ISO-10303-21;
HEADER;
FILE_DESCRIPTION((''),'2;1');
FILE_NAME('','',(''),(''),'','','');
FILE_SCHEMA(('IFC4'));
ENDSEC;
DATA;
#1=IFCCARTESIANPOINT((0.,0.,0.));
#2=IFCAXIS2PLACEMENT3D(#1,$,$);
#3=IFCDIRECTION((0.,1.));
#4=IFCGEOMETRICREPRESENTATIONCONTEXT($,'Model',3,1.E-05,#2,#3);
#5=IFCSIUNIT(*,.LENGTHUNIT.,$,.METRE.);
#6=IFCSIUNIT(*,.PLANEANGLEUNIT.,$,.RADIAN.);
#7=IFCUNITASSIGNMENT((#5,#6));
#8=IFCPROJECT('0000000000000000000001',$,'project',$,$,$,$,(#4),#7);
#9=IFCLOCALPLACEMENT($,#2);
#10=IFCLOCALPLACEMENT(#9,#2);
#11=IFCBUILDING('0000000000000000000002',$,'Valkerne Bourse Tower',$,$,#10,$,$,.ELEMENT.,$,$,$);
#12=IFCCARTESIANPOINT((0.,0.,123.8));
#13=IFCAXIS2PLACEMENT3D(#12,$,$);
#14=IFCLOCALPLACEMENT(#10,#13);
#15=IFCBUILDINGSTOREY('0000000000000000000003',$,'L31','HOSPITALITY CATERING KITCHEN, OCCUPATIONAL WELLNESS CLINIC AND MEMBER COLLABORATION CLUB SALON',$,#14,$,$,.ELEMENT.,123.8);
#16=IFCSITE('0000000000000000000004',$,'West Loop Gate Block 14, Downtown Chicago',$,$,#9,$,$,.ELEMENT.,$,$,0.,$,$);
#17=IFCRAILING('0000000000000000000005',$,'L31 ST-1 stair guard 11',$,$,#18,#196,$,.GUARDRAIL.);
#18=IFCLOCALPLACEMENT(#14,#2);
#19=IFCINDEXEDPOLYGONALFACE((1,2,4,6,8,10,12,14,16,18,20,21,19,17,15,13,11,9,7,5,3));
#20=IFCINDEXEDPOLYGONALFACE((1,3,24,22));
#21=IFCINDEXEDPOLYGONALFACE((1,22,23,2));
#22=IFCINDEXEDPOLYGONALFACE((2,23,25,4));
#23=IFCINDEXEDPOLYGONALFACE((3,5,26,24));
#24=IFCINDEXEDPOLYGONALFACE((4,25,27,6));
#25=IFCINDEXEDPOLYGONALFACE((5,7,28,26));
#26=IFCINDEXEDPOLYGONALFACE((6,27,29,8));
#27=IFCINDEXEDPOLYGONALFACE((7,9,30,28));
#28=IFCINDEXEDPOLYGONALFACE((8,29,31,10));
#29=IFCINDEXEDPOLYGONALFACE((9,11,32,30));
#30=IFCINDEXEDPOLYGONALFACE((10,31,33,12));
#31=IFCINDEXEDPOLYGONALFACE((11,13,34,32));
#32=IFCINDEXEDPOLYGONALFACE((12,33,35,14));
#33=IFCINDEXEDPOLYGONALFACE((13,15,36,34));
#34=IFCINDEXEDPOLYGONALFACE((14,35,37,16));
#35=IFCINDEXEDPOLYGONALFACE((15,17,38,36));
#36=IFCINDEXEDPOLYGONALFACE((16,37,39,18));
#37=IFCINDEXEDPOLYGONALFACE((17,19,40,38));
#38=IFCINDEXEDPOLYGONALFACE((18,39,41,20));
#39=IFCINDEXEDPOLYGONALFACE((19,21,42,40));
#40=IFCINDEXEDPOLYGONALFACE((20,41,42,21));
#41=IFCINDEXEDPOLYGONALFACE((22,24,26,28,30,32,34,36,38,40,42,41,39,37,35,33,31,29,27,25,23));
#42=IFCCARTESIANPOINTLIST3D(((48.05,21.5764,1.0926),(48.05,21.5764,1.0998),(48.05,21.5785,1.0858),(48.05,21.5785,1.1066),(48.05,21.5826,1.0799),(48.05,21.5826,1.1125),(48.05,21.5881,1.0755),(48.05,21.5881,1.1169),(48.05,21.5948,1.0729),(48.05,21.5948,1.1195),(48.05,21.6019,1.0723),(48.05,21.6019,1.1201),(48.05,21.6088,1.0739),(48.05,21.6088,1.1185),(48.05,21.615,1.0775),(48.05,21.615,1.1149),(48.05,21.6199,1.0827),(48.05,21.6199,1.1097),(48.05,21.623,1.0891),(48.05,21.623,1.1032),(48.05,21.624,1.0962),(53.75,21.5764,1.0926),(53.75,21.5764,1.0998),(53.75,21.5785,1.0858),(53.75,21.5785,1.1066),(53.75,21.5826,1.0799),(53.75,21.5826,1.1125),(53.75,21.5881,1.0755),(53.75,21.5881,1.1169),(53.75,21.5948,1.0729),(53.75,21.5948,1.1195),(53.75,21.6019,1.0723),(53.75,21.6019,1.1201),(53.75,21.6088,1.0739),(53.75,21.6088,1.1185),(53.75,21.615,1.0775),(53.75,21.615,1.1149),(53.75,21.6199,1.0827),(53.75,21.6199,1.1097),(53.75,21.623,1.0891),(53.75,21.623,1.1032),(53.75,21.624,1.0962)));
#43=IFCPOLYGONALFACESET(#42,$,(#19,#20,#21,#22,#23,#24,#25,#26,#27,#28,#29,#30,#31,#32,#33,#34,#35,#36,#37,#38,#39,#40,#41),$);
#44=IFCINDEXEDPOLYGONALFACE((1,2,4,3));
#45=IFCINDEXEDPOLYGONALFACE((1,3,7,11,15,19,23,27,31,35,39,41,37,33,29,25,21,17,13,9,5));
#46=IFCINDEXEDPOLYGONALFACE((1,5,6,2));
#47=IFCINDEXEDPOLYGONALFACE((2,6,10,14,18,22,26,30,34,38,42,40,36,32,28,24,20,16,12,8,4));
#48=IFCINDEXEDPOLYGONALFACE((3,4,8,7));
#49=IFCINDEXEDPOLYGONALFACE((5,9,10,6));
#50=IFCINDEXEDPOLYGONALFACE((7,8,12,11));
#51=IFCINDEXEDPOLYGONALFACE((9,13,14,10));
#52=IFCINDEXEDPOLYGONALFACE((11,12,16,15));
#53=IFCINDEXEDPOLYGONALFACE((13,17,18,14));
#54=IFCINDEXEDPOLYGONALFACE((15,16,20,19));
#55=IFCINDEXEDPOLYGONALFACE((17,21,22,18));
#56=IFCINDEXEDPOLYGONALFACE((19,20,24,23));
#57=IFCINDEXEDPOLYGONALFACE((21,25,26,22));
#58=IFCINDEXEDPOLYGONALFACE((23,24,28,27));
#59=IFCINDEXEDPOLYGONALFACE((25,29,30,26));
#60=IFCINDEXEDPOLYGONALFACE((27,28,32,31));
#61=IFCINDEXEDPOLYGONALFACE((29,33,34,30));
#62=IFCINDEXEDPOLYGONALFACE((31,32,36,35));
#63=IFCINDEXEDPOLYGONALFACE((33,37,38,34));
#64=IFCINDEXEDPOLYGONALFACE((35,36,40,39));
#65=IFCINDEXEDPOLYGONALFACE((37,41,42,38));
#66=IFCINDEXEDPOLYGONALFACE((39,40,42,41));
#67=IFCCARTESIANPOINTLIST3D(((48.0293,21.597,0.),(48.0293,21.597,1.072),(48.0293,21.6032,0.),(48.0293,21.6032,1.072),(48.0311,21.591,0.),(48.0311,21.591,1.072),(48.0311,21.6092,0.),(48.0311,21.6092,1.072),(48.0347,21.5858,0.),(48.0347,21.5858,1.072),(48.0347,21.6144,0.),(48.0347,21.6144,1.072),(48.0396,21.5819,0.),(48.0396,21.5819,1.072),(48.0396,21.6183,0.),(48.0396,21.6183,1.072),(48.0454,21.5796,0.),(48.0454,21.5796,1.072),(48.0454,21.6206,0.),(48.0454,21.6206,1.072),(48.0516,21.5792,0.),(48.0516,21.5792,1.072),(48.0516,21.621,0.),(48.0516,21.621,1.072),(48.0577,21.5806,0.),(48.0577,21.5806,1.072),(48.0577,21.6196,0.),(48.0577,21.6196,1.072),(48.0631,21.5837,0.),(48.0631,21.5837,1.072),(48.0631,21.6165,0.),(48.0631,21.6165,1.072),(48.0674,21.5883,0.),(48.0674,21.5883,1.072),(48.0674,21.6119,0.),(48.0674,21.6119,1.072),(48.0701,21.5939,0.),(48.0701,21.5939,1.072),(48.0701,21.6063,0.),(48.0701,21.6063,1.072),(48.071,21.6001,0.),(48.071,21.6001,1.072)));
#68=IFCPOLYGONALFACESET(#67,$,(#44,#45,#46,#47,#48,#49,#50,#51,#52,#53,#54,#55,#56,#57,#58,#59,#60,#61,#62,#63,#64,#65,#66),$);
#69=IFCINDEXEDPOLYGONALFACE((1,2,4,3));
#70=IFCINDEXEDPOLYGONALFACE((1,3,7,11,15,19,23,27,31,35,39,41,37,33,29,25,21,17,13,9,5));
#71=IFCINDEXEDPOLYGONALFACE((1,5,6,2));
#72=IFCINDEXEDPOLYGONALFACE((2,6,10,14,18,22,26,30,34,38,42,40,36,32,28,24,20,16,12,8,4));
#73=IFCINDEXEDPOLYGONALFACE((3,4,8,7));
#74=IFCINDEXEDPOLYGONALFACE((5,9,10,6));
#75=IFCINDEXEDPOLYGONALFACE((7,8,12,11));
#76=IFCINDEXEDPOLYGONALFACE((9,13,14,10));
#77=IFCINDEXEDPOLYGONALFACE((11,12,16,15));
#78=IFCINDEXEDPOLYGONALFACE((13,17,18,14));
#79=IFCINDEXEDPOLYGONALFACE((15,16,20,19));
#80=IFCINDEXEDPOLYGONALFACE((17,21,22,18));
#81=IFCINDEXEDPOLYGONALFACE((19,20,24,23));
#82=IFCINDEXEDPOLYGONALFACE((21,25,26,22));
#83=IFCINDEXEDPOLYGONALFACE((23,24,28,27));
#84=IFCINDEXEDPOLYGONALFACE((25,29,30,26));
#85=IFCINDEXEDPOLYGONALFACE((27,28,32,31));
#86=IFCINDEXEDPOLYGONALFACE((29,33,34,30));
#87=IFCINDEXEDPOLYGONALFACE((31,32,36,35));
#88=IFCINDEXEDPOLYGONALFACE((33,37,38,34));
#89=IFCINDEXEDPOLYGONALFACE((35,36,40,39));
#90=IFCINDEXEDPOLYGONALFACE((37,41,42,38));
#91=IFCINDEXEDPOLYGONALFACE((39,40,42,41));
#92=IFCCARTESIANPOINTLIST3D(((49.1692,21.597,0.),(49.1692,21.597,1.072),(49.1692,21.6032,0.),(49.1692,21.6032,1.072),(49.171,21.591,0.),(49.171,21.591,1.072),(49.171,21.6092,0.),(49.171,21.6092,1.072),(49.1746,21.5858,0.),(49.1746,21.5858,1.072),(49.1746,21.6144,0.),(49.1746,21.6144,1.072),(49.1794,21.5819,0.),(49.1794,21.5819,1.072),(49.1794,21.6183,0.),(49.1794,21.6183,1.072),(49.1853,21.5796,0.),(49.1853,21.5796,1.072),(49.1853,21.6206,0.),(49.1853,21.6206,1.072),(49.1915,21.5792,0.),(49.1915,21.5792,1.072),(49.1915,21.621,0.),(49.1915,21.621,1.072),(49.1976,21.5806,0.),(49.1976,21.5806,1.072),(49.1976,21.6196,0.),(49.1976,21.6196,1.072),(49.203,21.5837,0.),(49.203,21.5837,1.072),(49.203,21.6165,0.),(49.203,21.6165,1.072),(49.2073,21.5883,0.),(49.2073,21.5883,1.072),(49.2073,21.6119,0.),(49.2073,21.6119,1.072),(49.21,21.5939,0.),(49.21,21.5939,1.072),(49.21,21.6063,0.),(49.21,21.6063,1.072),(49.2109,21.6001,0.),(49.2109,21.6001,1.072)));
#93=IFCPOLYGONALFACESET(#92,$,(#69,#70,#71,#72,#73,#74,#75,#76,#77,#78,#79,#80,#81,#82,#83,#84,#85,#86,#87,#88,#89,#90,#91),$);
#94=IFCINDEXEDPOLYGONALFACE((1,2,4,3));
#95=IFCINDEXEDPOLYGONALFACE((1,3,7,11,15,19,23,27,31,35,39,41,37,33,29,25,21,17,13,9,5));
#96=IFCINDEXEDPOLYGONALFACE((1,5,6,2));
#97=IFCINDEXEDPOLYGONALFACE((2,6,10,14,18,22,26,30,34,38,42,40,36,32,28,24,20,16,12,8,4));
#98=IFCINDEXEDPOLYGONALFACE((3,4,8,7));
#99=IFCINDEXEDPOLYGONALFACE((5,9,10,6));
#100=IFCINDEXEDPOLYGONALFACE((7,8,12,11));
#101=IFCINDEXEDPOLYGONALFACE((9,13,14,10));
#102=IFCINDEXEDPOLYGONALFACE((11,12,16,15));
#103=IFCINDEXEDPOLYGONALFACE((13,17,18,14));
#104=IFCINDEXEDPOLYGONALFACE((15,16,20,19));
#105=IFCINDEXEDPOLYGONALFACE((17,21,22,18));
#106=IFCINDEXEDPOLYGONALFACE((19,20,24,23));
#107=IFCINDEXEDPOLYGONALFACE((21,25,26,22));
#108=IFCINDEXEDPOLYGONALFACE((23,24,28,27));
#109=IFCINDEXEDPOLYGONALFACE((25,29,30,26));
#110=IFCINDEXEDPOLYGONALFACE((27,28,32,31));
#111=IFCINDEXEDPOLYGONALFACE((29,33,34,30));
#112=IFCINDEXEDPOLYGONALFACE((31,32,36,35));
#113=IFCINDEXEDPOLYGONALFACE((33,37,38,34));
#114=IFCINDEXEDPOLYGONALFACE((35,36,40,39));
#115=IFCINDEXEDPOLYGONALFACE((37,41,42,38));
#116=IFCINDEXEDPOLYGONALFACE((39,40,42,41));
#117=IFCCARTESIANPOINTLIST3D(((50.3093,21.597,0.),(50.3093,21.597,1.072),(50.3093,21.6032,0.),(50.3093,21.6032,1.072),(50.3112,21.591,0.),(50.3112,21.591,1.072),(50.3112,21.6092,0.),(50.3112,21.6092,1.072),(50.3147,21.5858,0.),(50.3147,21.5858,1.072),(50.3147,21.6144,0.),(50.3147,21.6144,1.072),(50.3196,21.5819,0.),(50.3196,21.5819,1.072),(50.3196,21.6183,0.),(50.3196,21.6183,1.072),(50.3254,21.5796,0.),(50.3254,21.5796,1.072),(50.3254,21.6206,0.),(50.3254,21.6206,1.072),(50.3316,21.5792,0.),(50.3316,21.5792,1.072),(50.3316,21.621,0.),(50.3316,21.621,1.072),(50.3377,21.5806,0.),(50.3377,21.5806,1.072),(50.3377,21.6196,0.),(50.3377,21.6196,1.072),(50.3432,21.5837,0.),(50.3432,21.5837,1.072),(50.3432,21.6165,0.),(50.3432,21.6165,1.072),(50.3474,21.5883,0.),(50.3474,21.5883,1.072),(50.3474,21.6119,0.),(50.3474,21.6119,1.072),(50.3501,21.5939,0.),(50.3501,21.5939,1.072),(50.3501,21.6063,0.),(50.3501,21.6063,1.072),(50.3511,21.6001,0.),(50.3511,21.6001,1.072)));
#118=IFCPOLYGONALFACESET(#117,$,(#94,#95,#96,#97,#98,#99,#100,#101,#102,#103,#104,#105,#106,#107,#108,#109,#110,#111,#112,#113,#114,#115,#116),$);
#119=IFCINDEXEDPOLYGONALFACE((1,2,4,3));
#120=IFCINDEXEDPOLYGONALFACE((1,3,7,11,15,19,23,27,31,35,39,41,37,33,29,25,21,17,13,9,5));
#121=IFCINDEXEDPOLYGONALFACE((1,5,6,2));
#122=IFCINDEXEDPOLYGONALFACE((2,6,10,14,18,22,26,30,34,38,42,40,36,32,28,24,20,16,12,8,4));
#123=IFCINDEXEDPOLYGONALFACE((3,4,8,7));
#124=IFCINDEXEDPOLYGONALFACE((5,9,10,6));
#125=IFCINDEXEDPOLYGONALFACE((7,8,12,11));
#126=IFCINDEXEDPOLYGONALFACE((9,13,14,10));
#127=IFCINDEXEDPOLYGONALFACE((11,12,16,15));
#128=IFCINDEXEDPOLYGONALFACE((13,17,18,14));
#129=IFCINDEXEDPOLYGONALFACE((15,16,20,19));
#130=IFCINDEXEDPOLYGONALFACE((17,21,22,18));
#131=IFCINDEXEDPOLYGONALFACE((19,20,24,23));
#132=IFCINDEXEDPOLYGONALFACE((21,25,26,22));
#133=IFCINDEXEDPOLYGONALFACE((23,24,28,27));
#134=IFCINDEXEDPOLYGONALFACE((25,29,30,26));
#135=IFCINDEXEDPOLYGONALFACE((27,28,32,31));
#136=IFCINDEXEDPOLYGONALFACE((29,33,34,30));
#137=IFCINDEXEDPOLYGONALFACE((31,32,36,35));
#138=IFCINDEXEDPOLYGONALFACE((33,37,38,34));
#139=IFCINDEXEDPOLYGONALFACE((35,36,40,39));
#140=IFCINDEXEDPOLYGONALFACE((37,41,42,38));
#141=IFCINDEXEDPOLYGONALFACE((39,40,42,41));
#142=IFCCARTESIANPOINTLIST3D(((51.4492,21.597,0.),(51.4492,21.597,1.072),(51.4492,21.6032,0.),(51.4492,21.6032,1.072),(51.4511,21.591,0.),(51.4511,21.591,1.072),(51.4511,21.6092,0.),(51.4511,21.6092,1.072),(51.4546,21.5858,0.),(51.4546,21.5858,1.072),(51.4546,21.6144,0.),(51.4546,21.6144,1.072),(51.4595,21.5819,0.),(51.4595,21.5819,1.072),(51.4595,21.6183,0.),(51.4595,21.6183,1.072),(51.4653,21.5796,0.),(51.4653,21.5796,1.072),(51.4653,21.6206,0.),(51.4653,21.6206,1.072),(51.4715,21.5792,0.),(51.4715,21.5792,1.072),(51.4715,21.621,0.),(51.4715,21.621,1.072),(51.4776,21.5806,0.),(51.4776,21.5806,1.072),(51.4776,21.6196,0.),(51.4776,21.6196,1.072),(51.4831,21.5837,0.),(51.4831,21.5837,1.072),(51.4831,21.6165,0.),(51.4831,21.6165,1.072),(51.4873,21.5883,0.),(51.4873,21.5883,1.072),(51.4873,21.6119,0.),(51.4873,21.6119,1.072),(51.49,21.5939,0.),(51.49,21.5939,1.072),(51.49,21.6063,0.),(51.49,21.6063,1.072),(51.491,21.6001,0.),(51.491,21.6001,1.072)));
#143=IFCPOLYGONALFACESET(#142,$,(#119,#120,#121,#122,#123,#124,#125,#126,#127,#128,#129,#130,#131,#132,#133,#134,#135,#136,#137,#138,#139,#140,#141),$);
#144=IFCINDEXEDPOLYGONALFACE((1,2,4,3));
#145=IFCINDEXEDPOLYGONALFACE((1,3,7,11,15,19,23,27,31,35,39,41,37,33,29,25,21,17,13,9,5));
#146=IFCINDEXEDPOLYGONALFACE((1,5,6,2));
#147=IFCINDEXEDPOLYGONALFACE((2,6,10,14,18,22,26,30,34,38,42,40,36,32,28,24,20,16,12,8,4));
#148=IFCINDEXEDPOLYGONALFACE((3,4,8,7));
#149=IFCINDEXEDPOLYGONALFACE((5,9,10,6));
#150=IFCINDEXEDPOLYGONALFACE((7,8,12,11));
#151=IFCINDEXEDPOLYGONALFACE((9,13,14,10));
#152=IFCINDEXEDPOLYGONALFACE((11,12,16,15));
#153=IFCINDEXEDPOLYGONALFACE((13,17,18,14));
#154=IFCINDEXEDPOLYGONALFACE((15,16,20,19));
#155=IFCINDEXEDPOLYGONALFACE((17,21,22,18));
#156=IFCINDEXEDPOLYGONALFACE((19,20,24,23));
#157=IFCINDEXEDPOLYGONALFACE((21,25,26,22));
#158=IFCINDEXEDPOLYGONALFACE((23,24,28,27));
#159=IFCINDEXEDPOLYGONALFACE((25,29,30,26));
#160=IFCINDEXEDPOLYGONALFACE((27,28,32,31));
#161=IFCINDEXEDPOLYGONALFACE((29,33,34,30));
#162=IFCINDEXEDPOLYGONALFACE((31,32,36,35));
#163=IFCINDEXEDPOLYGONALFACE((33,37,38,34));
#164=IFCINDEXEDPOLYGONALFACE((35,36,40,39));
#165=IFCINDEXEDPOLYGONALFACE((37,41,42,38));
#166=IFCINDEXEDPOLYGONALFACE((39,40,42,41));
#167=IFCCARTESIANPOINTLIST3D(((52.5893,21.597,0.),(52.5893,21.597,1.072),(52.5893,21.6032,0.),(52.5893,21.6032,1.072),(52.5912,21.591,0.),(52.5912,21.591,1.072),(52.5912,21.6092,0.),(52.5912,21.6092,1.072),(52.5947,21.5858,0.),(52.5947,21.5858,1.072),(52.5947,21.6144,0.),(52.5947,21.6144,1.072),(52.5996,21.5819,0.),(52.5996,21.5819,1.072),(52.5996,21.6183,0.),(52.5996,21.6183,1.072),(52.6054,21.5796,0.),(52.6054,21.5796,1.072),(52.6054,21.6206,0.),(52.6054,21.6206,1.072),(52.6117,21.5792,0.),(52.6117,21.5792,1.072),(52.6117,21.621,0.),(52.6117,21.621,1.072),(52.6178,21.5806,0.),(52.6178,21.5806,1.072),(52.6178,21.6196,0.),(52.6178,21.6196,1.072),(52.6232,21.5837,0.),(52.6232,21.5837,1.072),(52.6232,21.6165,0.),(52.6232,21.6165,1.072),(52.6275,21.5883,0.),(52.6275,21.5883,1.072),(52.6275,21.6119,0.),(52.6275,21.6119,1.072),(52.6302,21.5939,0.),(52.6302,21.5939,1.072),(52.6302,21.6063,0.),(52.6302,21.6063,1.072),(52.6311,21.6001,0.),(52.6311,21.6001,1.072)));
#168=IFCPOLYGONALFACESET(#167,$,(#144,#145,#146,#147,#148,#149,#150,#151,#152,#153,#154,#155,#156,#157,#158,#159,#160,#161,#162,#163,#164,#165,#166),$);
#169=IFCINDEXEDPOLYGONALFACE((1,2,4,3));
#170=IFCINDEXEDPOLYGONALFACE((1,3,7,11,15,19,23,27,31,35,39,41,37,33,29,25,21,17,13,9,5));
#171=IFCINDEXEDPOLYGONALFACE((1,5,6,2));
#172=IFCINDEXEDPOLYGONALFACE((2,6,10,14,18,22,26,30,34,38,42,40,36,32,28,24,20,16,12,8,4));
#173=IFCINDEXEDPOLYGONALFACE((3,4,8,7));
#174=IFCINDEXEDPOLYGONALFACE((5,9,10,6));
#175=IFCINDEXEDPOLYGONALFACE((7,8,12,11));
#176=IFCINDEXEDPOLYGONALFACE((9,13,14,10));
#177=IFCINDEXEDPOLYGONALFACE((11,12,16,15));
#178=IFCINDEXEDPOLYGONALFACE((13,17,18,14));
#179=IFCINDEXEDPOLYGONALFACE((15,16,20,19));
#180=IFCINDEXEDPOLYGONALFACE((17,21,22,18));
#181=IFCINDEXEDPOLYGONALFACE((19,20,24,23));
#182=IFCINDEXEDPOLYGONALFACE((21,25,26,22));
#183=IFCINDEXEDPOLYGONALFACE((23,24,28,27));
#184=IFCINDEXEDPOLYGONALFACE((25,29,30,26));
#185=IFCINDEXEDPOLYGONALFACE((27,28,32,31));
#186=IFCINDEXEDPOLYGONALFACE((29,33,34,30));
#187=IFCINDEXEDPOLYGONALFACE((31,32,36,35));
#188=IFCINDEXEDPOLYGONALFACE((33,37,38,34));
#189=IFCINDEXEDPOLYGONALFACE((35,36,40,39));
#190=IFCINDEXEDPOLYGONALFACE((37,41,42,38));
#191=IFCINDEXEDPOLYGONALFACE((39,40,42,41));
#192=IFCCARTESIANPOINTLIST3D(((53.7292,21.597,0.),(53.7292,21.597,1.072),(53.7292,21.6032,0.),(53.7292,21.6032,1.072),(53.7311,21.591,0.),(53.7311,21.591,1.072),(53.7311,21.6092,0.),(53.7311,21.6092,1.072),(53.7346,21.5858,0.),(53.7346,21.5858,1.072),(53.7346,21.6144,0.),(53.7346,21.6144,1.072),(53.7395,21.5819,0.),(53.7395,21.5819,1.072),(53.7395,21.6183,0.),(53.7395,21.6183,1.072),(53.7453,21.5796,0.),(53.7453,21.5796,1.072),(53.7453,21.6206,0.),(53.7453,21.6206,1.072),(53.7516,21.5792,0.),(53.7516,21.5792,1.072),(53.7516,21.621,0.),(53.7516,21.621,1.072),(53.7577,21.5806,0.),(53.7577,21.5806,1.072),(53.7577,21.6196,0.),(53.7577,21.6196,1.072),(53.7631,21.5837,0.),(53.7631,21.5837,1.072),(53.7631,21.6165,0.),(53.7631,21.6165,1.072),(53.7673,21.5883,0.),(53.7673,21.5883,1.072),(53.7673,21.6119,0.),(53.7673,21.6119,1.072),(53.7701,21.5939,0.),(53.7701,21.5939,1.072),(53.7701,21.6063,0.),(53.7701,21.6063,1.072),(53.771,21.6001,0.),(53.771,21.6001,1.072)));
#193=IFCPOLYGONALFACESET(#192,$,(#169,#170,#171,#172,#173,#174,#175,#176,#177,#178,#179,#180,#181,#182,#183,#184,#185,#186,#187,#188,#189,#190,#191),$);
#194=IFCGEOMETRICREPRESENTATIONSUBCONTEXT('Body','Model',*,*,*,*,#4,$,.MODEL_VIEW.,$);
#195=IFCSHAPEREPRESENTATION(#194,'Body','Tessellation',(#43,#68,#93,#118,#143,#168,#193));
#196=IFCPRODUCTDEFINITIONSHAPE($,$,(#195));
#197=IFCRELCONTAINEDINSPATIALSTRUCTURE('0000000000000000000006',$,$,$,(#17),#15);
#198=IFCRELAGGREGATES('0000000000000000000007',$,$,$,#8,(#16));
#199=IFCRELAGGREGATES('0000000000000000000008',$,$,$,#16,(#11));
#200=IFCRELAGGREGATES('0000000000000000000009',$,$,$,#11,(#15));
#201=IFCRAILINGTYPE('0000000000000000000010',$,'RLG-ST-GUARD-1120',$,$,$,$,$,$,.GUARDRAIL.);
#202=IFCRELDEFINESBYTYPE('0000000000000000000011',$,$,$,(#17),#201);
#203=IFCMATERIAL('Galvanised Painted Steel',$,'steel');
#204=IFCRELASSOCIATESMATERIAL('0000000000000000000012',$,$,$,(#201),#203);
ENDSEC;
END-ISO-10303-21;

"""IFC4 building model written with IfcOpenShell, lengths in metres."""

from ifc_helpers import new_model, si_unit, direction, frame, origin, origin_2d, place, context, subcontext, project, spatial, circle, extrude, material, type_object, element, save


model = new_model("IFC4")

# Units and contexts
model_context = context("Model", 3, precision=1e-05, world=origin(), true_north=direction((0.0, 1.0)))
body_context = subcontext(model_context, "Body", "Model", "MODEL_VIEW")
ifc_project = project(units=[si_unit("LENGTHUNIT", "METRE"), si_unit("PLANEANGLEUNIT", "RADIAN")], contexts=[model_context])

# Site, building, storey
site_placement = place(None, origin())
site = spatial("IfcSite", under=ifc_project, at=site_placement, Name="West Loop Gate Block 14, Downtown Chicago", CompositionType="ELEMENT", RefElevation=0.0)
building_placement = place(site_placement, origin())
building = spatial("IfcBuilding", under=site, at=building_placement, Name="Valkerne Bourse Tower", CompositionType="ELEMENT")
storey_placement = place(building_placement, frame((0.0, 0.0, 123.8)))
storey = spatial("IfcBuildingStorey", under=building, at=storey_placement, Name="L31", Description="HOSPITALITY CATERING KITCHEN, OCCUPATIONAL WELLNESS CLINIC AND MEMBER COLLABORATION CLUB SALON", CompositionType="ELEMENT", Elevation=123.8)

# Shared definitions
ifc_material_1 = material(Name="Galvanised Painted Steel", Category="steel")

# Railing
railing_type = type_object("IfcRailingType", Name="RLG-ST-GUARD-1120", PredefinedType="GUARDRAIL", material=ifc_material_1)
railing_1_placement = place(storey_placement, frame((48.05, 21.6001, 0.0)))
element("IfcRailing", 1, at=railing_1_placement, inside=storey, type_object=railing_type, Name="L31 ST-1 stair guard 11", PredefinedType="GUARDRAIL", context=body_context, shape_type="SweptSolid", body=[
    extrude(circle(Radius=0.0239, at=origin_2d()), frame((0.0, 0.0, 1.0962), z_axis=(1.0, 0.0, 0.0), x_axis=(0.0, 1.0, 0.0)), (0.0, 0.0, 1.0), 5.7),
    extrude(circle(Radius=0.021, at=origin_2d()), origin(), (0.0, 0.0, 1.0), 1.072),
    extrude(circle(Radius=0.021, at=origin_2d()), frame((1.1399, 0.0, 0.0)), (0.0, 0.0, 1.0), 1.072),
    extrude(circle(Radius=0.021, at=origin_2d()), frame((2.28, 0.0, 0.0)), (0.0, 0.0, 1.0), 1.072),
    extrude(circle(Radius=0.021, at=origin_2d()), frame((3.4199, 0.0, 0.0)), (0.0, 0.0, 1.0), 1.072),
    extrude(circle(Radius=0.021, at=origin_2d()), frame((4.5601, 0.0, 0.0)), (0.0, 0.0, 1.0), 1.072),
    extrude(circle(Radius=0.021, at=origin_2d()), frame((5.7, 0.0, 0.0)), (0.0, 0.0, 1.0), 1.072),
])

save(model, "model.ifc")
